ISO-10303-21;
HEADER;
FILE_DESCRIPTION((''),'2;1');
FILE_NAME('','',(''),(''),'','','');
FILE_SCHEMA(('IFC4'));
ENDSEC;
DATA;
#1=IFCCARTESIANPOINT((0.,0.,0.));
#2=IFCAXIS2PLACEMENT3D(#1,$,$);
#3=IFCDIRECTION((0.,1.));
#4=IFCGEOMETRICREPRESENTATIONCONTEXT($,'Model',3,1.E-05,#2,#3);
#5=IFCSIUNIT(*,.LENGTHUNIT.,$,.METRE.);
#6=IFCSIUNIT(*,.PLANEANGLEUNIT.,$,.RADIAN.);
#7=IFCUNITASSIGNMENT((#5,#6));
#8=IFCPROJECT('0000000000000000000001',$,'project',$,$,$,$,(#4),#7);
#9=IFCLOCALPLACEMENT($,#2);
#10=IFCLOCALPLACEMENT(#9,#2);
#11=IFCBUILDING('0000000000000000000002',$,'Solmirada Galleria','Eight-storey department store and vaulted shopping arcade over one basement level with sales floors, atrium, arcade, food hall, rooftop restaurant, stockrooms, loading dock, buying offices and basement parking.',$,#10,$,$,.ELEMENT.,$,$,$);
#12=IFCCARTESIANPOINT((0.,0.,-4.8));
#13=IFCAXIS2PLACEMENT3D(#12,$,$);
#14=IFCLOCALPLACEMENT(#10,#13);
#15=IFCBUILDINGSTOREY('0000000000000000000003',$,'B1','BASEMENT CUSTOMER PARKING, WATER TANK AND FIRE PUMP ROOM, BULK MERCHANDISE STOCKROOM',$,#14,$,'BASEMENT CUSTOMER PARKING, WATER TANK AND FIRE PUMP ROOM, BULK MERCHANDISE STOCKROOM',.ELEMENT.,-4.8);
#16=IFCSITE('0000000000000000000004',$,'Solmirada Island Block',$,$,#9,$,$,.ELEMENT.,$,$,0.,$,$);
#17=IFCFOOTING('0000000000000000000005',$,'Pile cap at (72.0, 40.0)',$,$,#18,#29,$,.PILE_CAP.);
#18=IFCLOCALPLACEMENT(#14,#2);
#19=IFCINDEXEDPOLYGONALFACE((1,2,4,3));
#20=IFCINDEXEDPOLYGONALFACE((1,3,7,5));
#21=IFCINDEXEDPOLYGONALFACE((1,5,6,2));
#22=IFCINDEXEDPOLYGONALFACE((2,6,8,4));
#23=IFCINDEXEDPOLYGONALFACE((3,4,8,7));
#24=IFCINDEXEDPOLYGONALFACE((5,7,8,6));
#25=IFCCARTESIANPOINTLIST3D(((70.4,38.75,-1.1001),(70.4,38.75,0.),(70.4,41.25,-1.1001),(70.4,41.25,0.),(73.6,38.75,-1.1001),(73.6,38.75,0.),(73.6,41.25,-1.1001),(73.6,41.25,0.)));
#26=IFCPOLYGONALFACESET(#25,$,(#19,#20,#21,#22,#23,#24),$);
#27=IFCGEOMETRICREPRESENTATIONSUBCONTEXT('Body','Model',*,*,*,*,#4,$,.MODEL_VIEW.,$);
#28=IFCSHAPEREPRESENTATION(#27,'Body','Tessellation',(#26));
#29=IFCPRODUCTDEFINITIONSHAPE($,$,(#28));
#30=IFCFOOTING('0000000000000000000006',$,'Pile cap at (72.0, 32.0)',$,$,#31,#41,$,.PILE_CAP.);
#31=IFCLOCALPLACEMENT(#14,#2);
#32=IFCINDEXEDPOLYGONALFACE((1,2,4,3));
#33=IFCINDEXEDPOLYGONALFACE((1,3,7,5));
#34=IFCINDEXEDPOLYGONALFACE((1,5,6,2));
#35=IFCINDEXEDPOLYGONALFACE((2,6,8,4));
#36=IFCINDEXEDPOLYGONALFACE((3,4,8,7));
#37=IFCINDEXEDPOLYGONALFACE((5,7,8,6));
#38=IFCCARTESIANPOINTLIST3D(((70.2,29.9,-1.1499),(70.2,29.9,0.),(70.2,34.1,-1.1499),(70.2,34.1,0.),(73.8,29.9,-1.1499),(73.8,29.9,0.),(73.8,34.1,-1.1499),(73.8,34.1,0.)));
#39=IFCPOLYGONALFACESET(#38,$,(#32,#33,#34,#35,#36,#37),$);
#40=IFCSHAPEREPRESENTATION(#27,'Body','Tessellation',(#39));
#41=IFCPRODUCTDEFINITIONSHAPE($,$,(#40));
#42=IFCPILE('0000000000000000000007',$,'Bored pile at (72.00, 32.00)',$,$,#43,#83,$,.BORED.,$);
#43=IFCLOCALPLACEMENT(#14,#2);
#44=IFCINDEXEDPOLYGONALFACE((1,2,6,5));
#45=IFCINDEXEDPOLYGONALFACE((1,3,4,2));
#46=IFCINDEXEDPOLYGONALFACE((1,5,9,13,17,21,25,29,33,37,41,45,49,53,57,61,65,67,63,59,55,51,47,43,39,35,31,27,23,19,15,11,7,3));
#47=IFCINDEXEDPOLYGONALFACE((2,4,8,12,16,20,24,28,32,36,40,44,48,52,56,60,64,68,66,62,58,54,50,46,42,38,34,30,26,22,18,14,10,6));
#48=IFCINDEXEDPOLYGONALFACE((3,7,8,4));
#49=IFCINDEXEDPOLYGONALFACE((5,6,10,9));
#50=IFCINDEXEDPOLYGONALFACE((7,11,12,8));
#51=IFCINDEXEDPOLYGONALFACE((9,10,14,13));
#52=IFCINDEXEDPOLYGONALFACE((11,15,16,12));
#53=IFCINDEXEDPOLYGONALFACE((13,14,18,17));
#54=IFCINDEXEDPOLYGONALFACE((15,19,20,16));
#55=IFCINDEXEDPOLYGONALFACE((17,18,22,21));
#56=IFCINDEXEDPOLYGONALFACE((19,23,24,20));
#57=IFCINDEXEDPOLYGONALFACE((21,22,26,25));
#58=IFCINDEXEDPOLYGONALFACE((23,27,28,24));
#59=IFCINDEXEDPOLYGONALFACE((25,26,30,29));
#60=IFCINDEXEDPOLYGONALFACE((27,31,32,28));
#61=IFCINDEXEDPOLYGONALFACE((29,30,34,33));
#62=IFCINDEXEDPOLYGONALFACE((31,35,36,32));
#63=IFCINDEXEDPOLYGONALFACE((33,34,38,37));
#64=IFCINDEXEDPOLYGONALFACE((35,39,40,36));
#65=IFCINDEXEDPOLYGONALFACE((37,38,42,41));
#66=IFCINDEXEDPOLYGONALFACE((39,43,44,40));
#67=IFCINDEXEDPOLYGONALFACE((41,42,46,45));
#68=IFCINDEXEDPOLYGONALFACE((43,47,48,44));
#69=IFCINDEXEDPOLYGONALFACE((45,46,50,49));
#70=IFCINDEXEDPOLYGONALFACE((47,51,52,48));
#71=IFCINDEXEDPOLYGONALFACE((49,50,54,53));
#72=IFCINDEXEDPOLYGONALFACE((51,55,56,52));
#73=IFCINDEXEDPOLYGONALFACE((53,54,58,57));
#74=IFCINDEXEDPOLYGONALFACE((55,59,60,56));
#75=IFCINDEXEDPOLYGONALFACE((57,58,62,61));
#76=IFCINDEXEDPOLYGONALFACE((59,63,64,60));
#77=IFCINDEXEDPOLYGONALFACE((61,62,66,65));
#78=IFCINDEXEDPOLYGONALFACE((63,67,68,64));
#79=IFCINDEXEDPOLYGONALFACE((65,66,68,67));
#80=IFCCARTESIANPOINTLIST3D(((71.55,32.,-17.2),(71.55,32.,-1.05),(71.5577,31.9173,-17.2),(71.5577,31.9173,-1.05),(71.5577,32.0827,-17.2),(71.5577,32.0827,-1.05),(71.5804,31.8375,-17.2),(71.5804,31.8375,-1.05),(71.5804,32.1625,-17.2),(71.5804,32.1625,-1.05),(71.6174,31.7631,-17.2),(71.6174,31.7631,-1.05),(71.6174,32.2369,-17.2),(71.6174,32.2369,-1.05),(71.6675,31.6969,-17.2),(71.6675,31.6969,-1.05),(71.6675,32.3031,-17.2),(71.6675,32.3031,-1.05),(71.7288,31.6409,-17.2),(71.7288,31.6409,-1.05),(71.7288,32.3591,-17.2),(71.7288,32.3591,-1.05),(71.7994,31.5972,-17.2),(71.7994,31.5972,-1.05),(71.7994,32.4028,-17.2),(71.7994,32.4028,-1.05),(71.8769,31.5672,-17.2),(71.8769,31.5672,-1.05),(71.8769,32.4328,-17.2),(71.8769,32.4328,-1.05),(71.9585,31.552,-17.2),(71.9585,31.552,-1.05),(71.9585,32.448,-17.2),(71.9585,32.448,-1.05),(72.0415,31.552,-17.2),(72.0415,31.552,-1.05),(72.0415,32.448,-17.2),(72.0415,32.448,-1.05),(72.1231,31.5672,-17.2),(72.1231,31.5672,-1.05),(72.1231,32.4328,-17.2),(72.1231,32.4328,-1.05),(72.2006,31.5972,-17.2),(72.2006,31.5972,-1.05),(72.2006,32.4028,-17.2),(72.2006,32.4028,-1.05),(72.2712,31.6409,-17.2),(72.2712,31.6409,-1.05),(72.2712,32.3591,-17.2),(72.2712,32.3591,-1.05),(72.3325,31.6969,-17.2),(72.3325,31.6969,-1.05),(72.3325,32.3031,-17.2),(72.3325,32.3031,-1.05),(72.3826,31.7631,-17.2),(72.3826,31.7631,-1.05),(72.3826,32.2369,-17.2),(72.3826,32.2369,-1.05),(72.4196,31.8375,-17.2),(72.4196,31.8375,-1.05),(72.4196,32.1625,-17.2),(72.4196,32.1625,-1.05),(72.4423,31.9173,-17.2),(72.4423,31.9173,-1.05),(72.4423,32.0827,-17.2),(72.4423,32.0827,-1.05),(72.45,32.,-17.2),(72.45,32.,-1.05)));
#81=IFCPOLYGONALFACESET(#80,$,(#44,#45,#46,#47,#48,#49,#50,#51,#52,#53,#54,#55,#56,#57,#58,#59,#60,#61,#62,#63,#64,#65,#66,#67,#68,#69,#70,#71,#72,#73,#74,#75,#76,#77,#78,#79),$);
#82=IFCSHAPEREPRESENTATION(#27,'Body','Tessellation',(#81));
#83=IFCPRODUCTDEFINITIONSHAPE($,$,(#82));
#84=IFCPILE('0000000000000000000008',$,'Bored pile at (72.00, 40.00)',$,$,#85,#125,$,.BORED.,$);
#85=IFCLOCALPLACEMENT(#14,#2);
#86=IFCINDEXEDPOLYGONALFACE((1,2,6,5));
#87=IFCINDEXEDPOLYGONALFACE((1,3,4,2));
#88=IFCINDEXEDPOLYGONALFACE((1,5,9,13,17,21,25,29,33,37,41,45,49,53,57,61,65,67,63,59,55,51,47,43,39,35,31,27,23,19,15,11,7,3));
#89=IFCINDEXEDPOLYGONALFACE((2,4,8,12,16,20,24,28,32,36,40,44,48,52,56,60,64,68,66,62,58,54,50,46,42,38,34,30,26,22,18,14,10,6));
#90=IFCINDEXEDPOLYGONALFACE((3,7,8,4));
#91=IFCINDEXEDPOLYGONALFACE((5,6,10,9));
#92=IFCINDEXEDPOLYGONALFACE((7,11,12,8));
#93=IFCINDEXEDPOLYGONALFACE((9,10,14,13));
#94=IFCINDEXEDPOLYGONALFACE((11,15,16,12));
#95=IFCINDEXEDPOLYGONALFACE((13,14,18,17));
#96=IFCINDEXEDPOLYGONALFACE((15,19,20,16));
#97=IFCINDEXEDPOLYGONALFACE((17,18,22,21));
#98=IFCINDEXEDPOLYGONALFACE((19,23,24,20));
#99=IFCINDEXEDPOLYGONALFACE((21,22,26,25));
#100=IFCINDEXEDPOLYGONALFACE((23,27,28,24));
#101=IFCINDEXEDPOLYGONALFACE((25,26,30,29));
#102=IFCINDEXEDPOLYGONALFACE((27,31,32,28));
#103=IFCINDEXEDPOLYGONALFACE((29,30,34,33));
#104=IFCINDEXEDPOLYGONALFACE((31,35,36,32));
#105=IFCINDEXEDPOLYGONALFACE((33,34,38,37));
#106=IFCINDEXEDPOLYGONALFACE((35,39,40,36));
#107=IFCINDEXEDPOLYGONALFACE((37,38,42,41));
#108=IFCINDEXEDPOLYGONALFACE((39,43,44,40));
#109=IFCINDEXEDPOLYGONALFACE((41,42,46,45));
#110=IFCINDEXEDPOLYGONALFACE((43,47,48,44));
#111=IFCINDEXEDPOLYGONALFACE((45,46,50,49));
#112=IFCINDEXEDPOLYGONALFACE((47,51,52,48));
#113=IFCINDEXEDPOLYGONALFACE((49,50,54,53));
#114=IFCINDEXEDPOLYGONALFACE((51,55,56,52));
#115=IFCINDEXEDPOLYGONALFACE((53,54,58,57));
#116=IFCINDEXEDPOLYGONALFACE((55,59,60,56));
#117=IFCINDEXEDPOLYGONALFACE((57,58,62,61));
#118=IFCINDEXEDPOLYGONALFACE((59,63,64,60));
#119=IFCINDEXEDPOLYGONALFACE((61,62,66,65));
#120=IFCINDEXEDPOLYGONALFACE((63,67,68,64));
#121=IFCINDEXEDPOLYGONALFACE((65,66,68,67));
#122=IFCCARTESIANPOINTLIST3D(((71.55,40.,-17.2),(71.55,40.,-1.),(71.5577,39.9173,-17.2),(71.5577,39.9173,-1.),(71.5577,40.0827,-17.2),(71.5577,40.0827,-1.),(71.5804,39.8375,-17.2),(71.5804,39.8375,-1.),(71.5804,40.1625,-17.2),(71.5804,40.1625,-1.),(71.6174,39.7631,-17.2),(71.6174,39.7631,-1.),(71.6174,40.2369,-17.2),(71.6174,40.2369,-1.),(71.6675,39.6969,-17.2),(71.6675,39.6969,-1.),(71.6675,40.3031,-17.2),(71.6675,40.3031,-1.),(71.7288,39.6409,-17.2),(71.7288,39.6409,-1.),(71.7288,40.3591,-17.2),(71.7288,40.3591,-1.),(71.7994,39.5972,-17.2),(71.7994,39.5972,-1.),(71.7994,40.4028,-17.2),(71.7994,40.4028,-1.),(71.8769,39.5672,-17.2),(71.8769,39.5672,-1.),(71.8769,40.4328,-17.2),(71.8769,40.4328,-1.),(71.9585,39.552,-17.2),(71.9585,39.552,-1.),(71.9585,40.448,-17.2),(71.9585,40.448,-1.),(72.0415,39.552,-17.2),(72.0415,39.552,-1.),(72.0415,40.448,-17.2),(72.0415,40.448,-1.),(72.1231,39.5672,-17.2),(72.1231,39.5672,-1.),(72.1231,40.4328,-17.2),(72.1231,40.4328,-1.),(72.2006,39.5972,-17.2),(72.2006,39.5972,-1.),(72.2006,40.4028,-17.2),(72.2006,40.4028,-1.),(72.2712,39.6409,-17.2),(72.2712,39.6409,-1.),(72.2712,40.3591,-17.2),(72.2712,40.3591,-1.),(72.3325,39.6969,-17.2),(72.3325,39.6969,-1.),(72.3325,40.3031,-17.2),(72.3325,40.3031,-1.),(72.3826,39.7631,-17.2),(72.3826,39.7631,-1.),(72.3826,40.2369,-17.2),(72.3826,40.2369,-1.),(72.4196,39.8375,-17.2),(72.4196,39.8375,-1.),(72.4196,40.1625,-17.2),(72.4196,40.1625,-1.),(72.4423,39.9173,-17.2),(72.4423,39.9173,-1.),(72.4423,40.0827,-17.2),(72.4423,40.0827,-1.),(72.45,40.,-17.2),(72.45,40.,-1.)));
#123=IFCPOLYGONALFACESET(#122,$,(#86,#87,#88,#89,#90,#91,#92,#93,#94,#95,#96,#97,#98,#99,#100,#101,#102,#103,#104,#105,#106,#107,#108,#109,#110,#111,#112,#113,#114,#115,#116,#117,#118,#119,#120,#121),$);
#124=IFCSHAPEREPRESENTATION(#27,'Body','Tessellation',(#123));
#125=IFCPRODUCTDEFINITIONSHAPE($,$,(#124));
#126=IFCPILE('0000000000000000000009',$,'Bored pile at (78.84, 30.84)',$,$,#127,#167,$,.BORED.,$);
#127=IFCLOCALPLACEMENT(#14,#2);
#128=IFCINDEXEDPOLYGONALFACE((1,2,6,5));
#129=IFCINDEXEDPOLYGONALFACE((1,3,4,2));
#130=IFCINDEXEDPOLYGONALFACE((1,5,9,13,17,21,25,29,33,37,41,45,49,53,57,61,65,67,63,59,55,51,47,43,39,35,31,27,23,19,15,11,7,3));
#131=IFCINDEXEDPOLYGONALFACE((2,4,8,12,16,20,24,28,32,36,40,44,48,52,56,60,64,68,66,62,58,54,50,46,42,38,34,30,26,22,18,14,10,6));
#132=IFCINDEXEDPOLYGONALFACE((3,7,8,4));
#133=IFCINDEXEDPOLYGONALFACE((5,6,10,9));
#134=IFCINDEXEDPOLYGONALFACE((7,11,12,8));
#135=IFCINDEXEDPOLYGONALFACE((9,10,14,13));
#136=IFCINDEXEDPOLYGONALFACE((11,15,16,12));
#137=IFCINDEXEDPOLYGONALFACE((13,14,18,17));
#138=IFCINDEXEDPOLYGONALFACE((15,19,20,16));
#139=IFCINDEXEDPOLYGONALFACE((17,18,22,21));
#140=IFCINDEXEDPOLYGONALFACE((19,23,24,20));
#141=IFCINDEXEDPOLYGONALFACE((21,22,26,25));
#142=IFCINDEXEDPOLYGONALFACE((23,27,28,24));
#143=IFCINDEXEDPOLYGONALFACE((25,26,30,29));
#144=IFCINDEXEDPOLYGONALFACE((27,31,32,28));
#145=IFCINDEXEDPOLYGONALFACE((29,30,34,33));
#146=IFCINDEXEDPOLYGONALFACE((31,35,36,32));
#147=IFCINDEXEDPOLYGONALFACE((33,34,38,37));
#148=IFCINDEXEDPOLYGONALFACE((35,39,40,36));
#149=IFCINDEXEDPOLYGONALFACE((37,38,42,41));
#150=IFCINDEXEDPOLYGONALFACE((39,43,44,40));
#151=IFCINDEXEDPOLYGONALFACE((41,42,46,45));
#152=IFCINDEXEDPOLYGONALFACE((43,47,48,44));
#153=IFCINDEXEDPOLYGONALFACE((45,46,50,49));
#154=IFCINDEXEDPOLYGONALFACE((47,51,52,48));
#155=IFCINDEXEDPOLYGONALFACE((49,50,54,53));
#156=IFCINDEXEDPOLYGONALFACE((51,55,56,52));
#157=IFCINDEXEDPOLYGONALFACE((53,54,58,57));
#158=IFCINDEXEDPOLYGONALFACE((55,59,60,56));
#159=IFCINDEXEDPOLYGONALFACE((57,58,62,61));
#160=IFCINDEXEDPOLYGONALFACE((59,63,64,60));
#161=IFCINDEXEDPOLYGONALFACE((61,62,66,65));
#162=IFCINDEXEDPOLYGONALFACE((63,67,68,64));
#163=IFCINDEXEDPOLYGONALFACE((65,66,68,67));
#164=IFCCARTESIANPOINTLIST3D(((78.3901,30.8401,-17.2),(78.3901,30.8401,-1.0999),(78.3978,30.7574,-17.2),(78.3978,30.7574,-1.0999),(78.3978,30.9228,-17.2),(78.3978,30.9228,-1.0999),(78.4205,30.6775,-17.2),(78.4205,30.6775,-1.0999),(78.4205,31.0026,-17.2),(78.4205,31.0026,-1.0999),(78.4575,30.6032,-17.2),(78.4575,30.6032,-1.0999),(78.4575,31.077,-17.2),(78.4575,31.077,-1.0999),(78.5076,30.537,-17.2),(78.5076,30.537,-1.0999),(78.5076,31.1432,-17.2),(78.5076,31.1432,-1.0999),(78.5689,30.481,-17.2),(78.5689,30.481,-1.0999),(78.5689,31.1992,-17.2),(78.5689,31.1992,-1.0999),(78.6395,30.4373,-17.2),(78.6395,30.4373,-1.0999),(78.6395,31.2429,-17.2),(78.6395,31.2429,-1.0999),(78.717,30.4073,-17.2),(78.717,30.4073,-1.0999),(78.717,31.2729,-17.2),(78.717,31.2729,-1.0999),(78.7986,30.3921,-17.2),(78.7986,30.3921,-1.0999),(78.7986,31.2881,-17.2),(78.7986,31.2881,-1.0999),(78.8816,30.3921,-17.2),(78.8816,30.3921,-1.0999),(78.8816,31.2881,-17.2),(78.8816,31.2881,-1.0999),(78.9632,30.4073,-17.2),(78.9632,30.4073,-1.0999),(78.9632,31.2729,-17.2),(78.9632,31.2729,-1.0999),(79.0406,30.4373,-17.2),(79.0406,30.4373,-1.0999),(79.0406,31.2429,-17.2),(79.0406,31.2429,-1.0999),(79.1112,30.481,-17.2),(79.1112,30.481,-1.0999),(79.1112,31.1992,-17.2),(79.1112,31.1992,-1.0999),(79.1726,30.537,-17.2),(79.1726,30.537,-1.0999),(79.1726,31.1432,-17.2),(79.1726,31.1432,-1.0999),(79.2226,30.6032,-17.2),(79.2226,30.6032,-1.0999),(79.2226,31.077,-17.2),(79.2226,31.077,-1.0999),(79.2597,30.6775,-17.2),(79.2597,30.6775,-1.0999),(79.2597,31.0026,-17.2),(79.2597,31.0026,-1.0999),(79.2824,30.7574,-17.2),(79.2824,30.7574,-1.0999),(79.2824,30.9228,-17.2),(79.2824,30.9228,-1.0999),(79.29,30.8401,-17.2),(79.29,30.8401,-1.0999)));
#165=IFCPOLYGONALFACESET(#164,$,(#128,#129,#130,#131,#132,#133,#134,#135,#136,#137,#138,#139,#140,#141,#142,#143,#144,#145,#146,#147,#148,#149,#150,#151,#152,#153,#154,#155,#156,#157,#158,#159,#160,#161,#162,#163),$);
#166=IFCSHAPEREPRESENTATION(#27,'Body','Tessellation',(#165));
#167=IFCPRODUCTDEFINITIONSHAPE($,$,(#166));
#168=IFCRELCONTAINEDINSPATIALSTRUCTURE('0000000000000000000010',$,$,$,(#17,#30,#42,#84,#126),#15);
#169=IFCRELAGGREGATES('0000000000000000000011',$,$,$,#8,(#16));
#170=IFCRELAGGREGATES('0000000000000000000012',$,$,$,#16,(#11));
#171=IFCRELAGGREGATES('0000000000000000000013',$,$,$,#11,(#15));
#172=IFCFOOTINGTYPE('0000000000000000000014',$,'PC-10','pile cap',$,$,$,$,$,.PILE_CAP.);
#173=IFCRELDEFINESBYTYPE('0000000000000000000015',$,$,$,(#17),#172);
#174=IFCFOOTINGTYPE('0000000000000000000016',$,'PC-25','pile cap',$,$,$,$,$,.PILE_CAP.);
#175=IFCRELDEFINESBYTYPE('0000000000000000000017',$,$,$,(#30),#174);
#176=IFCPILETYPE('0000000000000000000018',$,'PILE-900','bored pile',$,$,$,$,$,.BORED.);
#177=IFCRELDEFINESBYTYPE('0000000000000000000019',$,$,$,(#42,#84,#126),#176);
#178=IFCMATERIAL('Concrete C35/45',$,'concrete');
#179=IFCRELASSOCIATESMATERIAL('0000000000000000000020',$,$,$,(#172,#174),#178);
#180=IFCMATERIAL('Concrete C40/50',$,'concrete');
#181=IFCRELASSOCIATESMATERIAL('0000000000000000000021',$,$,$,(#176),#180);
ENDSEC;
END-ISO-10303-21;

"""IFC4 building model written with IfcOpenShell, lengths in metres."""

from ifc_helpers import new_model, si_unit, direction, frame, origin, origin_2d, place, context, subcontext, project, spatial, rectangle, circle, extrude, material, material_profile, profile_set, type_object, element, save


model = new_model("IFC4")

# Units and contexts
model_context = context("Model", 3, precision=1e-05, world=origin(), true_north=direction((0.0, 1.0)))
body_context = subcontext(model_context, "Body", "Model", "MODEL_VIEW")
ifc_project = project(units=[si_unit("LENGTHUNIT", "METRE"), si_unit("PLANEANGLEUNIT", "RADIAN")], contexts=[model_context])

# Site, building, storey
site_placement = place(None, origin())
site = spatial("IfcSite", under=ifc_project, at=site_placement, Name="Solmirada Island Block", CompositionType="ELEMENT", RefElevation=0.0)
building_placement = place(site_placement, origin())
building = spatial("IfcBuilding", under=site, at=building_placement, Name="Solmirada Galleria", Description="Eight-storey department store and vaulted shopping arcade over one basement level with sales floors, atrium, arcade, food hall, rooftop restaurant, stockrooms, loading dock, buying offices and basement parking.", CompositionType="ELEMENT")
storey_placement = place(building_placement, frame((0.0, 0.0, -4.8)))
storey = spatial("IfcBuildingStorey", under=building, at=storey_placement, Name="B1", Description="BASEMENT CUSTOMER PARKING, WATER TANK AND FIRE PUMP ROOM, BULK MERCHANDISE STOCKROOM", LongName="BASEMENT CUSTOMER PARKING, WATER TANK AND FIRE PUMP ROOM, BULK MERCHANDISE STOCKROOM", CompositionType="ELEMENT", Elevation=-4.8)

# Footings
ifc_material_1 = material(Name="Concrete C35/45", Category="concrete")
footing_type_1 = type_object("IfcFootingType", Name="PC-10", Description="pile cap", PredefinedType="PILE_CAP", material=ifc_material_1)
footing_1_placement = place(storey_placement, frame((72.0, 40.0, -1.1001), z_axis=(0.0, 0.0, 1.0), x_axis=(1.0, 0.0, 0.0)))
element("IfcFooting", 1, at=footing_1_placement, inside=storey, type_object=footing_type_1, Name="Pile cap at (72.0, 40.0)", PredefinedType="PILE_CAP", context=body_context, shape_type="SweptSolid", body=[
    extrude(rectangle(XDim=3.2, YDim=2.5, at=origin_2d()), origin(), (0.0, 0.0, 1.0), 1.1001),
])
footing_type_2 = type_object("IfcFootingType", Name="PC-25", Description="pile cap", PredefinedType="PILE_CAP", material=ifc_material_1)
footing_2_placement = place(storey_placement, frame((72.0, 32.0, -1.1499), z_axis=(0.0, 0.0, 1.0), x_axis=(1.0, 0.0, 0.0)))
element("IfcFooting", 2, at=footing_2_placement, inside=storey, type_object=footing_type_2, Name="Pile cap at (72.0, 32.0)", PredefinedType="PILE_CAP", context=body_context, shape_type="SweptSolid", body=[
    extrude(rectangle(XDim=3.6001, YDim=4.2, at=origin_2d()), origin(), (0.0, 0.0, 1.0), 1.1499),
])

# Piles
ifc_material_2 = material(Name="Concrete C40/50", Category="concrete")
ifc_material_profile_1 = material_profile(ifc_material_2, circle(Radius=0.45, at=origin_2d()), Name="PILE900")
ifc_profile_set_1 = profile_set([ifc_material_profile_1], Name="Concrete C40/50")
pile_type = type_object("IfcPileType", Name="PILE-900", Description="bored pile", PredefinedType="BORED", material=ifc_profile_set_1)
pile_1_placement = place(storey_placement, frame((72.0, 32.0, -1.05), z_axis=(0.0, 0.0, -1.0), x_axis=(1.0, 0.0, 0.0)))
element("IfcPile", 3, at=pile_1_placement, inside=storey, type_object=pile_type, Name="Bored pile at (72.00, 32.00)", PredefinedType="BORED", context=body_context, shape_type="SweptSolid", body=[
    extrude(circle(Radius=0.45, at=origin_2d()), origin(), (0.0, 0.0, 1.0), 16.1499),
])
pile_2_placement = place(storey_placement, frame((72.0, 40.0, -1.0), z_axis=(0.0, 0.0, -1.0), x_axis=(1.0, 0.0, 0.0)))
element("IfcPile", 4, at=pile_2_placement, inside=storey, type_object=pile_type, Name="Bored pile at (72.00, 40.00)", PredefinedType="BORED", context=body_context, shape_type="SweptSolid", body=[
    extrude(circle(Radius=0.45, at=origin_2d()), origin(), (0.0, 0.0, 1.0), 16.2),
])
for number, where, z_axis, x_axis, name in (
    (5, (78.8401, 30.8401, -1.0999), (0.0, 0.0, -1.0), (1.0, 0.0, 0.0), "Bored pile at (78.84, 30.84)"),
):
    element("IfcPile", number, at=place(storey_placement, frame(where, z_axis=z_axis, x_axis=x_axis)), inside=storey, type_object=pile_type, Name=name, PredefinedType="BORED", context=body_context, shape_type="SweptSolid", body=[
        extrude(circle(Radius=0.45, at=origin_2d()), origin(), (0.0, 0.0, 1.0), 16.1001),
    ])

save(model, "model.ifc")
